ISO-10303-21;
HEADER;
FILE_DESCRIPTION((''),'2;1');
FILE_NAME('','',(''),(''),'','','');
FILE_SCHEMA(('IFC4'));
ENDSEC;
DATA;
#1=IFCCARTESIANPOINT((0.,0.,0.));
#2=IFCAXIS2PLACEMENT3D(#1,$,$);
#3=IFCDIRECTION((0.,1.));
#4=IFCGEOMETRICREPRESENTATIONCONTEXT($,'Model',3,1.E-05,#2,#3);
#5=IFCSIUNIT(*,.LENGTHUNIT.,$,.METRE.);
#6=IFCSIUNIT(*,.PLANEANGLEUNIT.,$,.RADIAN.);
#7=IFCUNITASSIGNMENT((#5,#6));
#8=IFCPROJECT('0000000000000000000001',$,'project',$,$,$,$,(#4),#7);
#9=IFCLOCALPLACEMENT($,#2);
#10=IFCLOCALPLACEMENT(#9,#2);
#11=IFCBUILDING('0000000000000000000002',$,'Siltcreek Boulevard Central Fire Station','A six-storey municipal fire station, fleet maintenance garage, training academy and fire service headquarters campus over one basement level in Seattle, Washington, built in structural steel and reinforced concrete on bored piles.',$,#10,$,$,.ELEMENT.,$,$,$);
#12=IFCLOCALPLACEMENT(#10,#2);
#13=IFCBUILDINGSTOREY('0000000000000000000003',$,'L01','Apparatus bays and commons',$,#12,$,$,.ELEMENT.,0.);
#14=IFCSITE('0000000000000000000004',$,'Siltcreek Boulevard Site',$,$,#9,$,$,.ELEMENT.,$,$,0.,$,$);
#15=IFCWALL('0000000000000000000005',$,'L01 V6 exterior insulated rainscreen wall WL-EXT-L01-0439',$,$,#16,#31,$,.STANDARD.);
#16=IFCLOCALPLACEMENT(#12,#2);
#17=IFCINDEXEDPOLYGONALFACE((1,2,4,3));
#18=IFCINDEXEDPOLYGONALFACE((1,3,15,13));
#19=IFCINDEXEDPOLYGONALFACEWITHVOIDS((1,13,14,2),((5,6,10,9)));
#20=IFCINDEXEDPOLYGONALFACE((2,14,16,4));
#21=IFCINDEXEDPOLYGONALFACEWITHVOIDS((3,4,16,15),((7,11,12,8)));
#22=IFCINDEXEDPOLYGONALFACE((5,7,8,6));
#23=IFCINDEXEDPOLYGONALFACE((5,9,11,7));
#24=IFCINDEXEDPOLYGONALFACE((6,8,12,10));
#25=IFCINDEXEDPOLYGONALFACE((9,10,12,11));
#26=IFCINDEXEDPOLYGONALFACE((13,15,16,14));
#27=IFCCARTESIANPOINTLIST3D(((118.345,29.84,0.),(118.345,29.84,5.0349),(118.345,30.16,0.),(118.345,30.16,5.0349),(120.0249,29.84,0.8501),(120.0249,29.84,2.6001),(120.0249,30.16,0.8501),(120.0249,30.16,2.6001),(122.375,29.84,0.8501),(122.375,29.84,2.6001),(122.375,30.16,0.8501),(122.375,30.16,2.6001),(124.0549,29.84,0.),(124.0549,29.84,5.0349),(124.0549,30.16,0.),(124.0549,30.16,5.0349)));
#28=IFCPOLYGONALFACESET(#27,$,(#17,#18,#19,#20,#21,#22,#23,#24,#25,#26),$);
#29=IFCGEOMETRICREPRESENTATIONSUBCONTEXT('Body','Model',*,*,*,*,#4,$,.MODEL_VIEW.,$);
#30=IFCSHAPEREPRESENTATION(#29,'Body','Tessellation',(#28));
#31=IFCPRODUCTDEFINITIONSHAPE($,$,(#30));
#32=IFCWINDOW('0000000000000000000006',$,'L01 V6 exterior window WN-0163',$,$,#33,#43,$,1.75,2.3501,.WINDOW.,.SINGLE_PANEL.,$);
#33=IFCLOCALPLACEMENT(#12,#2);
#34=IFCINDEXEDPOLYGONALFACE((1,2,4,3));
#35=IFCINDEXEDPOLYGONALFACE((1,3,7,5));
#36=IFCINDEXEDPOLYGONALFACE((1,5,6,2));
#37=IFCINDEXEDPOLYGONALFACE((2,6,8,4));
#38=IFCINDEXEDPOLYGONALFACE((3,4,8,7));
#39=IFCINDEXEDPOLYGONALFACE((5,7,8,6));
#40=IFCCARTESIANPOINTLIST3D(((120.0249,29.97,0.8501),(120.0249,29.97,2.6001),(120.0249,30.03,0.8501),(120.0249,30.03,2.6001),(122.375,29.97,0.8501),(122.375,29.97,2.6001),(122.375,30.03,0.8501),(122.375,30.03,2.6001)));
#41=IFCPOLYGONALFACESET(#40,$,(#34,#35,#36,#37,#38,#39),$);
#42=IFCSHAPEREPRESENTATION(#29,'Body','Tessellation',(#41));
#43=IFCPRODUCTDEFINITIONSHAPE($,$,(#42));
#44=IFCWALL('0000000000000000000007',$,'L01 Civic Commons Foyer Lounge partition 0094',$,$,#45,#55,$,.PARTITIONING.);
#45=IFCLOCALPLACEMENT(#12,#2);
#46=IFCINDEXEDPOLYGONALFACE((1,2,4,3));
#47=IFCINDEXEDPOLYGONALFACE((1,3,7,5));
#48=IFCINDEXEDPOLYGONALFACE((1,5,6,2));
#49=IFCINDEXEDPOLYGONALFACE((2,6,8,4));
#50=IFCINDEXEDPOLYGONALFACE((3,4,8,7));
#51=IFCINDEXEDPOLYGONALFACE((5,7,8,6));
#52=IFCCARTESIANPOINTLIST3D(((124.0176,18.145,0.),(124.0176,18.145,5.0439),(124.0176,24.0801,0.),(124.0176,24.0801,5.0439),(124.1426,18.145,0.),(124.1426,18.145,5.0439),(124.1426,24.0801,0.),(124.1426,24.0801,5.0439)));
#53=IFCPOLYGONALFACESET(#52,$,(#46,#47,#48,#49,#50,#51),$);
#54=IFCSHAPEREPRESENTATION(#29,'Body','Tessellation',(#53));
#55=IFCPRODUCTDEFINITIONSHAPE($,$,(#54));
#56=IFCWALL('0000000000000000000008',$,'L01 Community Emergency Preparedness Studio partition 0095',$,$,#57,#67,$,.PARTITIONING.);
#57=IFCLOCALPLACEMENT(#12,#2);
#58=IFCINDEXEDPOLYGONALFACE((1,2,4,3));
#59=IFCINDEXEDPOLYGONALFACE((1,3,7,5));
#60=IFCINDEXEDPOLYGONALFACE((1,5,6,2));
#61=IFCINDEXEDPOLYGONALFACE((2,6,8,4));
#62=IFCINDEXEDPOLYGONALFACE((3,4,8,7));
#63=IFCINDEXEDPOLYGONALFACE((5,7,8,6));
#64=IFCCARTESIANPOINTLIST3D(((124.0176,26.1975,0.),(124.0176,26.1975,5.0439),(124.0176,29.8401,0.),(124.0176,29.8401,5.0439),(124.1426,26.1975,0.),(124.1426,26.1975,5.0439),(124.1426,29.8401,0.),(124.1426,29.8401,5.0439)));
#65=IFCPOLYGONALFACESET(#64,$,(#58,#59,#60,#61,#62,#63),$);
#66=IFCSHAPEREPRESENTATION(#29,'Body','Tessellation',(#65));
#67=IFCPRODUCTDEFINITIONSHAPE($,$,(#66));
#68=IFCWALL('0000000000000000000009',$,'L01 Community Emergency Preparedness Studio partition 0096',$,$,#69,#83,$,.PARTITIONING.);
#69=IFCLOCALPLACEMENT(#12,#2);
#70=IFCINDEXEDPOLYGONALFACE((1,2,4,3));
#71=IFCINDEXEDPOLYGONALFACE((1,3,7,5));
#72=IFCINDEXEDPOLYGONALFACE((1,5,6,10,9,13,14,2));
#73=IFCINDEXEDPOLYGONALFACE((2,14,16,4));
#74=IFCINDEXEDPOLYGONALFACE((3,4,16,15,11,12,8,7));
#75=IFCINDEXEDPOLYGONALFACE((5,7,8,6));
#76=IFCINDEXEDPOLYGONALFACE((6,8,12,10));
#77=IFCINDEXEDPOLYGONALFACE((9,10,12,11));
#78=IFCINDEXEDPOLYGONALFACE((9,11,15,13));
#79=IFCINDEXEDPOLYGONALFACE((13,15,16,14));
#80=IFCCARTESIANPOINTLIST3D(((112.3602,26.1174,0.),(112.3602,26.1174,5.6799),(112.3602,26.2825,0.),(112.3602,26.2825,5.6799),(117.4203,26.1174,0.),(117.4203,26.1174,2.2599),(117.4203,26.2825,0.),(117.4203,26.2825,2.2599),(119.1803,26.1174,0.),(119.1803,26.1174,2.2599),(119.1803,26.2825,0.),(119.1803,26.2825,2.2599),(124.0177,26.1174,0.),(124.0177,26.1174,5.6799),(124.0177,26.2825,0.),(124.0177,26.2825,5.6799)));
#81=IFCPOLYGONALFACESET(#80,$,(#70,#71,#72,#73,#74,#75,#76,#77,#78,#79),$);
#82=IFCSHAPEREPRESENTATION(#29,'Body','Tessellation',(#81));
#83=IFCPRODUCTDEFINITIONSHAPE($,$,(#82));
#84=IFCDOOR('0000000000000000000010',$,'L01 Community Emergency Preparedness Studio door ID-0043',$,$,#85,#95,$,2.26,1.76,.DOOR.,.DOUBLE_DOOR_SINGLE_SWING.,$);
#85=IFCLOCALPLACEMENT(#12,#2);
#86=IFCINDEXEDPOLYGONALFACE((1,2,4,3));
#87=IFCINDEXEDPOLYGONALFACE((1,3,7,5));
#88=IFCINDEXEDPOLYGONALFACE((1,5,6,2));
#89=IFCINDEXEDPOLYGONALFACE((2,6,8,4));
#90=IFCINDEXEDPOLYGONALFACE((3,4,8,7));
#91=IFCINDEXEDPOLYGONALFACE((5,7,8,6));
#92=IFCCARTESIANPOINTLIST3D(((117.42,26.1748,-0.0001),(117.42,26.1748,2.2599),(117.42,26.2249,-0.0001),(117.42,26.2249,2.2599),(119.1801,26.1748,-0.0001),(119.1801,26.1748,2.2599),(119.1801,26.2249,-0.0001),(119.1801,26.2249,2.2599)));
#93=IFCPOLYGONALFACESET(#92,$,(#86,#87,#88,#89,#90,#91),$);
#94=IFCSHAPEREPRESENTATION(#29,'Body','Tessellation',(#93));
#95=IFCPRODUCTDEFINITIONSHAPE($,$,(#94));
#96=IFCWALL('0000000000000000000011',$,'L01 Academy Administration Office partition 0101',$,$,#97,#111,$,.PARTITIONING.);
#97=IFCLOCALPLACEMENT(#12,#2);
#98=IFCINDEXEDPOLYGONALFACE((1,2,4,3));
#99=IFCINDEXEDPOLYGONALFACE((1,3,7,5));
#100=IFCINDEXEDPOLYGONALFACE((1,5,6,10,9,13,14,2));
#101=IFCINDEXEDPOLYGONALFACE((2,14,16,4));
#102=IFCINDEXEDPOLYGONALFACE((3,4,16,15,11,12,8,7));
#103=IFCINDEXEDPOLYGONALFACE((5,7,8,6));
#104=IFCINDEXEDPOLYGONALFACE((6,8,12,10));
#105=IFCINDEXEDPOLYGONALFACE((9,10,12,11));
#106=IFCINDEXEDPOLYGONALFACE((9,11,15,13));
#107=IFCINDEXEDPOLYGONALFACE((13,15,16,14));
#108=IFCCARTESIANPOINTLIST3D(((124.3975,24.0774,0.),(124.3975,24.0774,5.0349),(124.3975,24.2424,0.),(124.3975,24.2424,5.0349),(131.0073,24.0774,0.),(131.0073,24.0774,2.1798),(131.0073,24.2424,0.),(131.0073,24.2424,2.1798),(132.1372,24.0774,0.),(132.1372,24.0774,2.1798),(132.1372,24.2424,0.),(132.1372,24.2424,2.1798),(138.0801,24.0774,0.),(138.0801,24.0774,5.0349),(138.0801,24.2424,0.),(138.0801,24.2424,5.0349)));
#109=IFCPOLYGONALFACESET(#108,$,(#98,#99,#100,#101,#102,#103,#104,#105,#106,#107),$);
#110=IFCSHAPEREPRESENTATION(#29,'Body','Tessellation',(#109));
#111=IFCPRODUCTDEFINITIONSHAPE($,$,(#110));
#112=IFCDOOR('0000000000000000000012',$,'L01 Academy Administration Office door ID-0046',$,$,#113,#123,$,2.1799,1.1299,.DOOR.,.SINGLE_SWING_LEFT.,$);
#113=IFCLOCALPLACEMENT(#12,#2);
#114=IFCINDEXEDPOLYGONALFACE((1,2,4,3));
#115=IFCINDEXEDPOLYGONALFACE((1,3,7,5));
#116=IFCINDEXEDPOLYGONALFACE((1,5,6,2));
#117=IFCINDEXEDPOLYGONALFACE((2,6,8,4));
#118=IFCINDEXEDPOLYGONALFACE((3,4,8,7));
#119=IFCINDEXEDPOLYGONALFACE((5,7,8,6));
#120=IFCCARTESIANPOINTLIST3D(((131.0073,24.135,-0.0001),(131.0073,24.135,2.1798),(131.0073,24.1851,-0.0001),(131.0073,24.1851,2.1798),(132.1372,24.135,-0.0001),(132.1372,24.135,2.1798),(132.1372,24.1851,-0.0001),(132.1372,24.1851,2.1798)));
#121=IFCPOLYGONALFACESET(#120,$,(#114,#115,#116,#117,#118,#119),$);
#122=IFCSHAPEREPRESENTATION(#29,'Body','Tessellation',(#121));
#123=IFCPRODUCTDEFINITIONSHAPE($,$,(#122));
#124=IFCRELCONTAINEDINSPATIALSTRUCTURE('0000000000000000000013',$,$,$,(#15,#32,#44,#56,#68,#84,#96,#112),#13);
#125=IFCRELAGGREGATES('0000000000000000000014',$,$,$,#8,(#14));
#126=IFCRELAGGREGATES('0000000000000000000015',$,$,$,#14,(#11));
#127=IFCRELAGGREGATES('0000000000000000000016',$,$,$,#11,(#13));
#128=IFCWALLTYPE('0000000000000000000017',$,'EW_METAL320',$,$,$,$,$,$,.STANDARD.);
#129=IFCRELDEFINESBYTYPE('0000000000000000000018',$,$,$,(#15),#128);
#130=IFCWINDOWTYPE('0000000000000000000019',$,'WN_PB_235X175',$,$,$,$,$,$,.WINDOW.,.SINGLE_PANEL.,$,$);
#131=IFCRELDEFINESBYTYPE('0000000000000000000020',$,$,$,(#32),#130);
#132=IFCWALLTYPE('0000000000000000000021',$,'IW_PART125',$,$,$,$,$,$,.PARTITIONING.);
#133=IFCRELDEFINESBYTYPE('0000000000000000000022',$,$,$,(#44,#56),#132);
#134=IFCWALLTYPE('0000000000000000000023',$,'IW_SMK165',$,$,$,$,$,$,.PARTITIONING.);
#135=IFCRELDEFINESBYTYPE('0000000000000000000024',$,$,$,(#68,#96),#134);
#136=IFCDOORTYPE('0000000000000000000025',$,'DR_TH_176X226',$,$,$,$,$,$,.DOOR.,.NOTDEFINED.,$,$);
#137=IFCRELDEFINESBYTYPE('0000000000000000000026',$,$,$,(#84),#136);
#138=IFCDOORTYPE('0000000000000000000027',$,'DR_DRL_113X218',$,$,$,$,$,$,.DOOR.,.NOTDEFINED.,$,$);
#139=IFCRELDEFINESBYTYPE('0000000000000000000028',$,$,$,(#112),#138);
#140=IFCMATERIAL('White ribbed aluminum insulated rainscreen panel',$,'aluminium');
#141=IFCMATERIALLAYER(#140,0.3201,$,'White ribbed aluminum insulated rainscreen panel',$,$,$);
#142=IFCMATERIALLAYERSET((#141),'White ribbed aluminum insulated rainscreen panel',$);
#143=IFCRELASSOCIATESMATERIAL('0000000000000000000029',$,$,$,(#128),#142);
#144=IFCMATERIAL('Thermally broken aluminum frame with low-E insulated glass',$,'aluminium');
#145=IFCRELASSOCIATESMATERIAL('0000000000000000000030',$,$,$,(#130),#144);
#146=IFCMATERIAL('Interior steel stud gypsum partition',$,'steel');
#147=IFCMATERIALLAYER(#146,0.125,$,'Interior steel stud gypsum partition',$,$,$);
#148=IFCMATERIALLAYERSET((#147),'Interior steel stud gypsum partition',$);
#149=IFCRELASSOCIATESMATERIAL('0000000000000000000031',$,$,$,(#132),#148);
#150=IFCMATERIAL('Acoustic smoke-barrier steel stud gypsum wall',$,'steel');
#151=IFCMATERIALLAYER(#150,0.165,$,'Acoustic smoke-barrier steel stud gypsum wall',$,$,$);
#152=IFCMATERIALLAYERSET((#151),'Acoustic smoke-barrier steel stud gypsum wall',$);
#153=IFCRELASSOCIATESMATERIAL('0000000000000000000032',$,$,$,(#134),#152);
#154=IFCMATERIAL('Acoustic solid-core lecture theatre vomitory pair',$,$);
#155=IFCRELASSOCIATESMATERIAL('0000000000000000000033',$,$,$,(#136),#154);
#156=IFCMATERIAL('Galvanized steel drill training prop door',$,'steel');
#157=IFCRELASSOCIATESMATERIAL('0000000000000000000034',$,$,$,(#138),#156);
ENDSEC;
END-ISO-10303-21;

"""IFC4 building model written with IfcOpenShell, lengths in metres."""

from ifc_helpers import new_model, si_unit, direction, frame, frame_2d, origin, place, context, subcontext, project, spatial, rectangle, extrude, material, layer, layer_set, type_object, element, fill, save


model = new_model("IFC4")

# Units and contexts
model_context = context("Model", 3, precision=1e-05, world=origin(), true_north=direction((0.0, 1.0)))
body_context = subcontext(model_context, "Body", "Model", "MODEL_VIEW")
ifc_project = project(units=[si_unit("LENGTHUNIT", "METRE"), si_unit("PLANEANGLEUNIT", "RADIAN")], contexts=[model_context])

# Site, building, storey
site_placement = place(None, origin())
site = spatial("IfcSite", under=ifc_project, at=site_placement, Name="Siltcreek Boulevard Site", CompositionType="ELEMENT", RefElevation=0.0)
building_placement = place(site_placement, origin())
building = spatial("IfcBuilding", under=site, at=building_placement, Name="Siltcreek Boulevard Central Fire Station", Description="A six-storey municipal fire station, fleet maintenance garage, training academy and fire service headquarters campus over one basement level in Seattle, Washington, built in structural steel and reinforced concrete on bored piles.", CompositionType="ELEMENT")
storey_placement = place(building_placement, origin())
storey = spatial("IfcBuildingStorey", under=building, at=storey_placement, Name="L01", Description="Apparatus bays and commons", CompositionType="ELEMENT", Elevation=0.0)

# Wall, opening, window
ifc_material_1 = material(Name="White ribbed aluminum insulated rainscreen panel", Category="aluminium")
ifc_layer_1 = layer(ifc_material_1, 0.3201, Name="White ribbed aluminum insulated rainscreen panel")
ifc_layer_set_1 = layer_set([ifc_layer_1], Name="White ribbed aluminum insulated rainscreen panel")
wall_type_1 = type_object("IfcWallType", Name="EW_METAL320", PredefinedType="STANDARD", material=ifc_layer_set_1)
wall_1_placement = place(storey_placement, frame((124.0549, 30.0, 0.0), z_axis=(0.0, 0.0, 1.0), x_axis=(-1.0, 0.0, 0.0)))
wall_1 = element("IfcWall", 1, at=wall_1_placement, inside=storey, type_object=wall_type_1, Name="L01 V6 exterior insulated rainscreen wall WL-EXT-L01-0439", PredefinedType="STANDARD", context=body_context, shape_type="SweptSolid", body=[
    extrude(rectangle(XDim=5.71, YDim=0.3201, at=frame_2d((2.855, 0.0))), origin(), (0.0, 0.0, 1.0), 5.0349),
])
opening_1_placement = place(wall_1_placement, frame((1.6799, 0.0, 0.8501)))
opening_1 = element("IfcOpeningElement", 2, at=opening_1_placement, cuts=wall_1, PredefinedType="OPENING", context=body_context, shape_type="SweptSolid", body=[
    extrude(rectangle(XDim=2.3501, YDim=1.75, at=frame_2d((1.175, 0.875))), frame((0.0, 0.1699, 0.0), z_axis=(0.0, -1.0, 0.0), x_axis=(1.0, 0.0, 0.0)), (0.0, 0.0, 1.0), 0.3401),
])
ifc_material_2 = material(Name="Thermally broken aluminum frame with low-E insulated glass", Category="aluminium")
window_type = type_object("IfcWindowType", Name="WN_PB_235X175", PartitioningType="SINGLE_PANEL", PredefinedType="WINDOW", material=ifc_material_2)
window_placement = place(opening_1_placement, origin())
window = element("IfcWindow", 3, at=window_placement, inside=storey, type_object=window_type, Name="L01 V6 exterior window WN-0163", OverallHeight=1.75, OverallWidth=2.3501, PartitioningType="SINGLE_PANEL", PredefinedType="WINDOW", context=body_context, shape_type="SweptSolid", body=[
    extrude(rectangle(XDim=2.3501, YDim=1.75, at=frame_2d((1.175, 0.875))), frame((0.0, 0.03, 0.0), z_axis=(0.0, -1.0, 0.0), x_axis=(1.0, 0.0, 0.0)), (0.0, 0.0, 1.0), 0.0601),
])
fill(opening_1, window)

# Walls
ifc_material_3 = material(Name="Interior steel stud gypsum partition", Category="steel")
ifc_layer_2 = layer(ifc_material_3, 0.125, Name="Interior steel stud gypsum partition")
ifc_layer_set_2 = layer_set([ifc_layer_2], Name="Interior steel stud gypsum partition")
wall_type_2 = type_object("IfcWallType", Name="IW_PART125", PredefinedType="PARTITIONING", material=ifc_layer_set_2)
wall_2_placement = place(storey_placement, frame((124.0801, 24.0801, 0.0), z_axis=(0.0, 0.0, 1.0), x_axis=(0.0, -1.0, 0.0)))
element("IfcWall", 4, at=wall_2_placement, inside=storey, type_object=wall_type_2, Name="L01 Civic Commons Foyer Lounge partition 0094", PredefinedType="PARTITIONING", context=body_context, shape_type="SweptSolid", body=[
    extrude(rectangle(XDim=5.9351, YDim=0.125, at=frame_2d((2.9675, 0.0))), origin(), (0.0, 0.0, 1.0), 5.0439),
])
wall_3_placement = place(storey_placement, frame((124.0801, 29.8401, 0.0), z_axis=(0.0, 0.0, 1.0), x_axis=(0.0, -1.0, 0.0)))
element("IfcWall", 5, at=wall_3_placement, inside=storey, type_object=wall_type_2, Name="L01 Community Emergency Preparedness Studio partition 0095", PredefinedType="PARTITIONING", context=body_context, shape_type="SweptSolid", body=[
    extrude(rectangle(XDim=3.6426, YDim=0.125, at=frame_2d((1.8213, 0.0))), origin(), (0.0, 0.0, 1.0), 5.0439),
])

# Walls, openings, doors
ifc_material_4 = material(Name="Acoustic smoke-barrier steel stud gypsum wall", Category="steel")
ifc_layer_3 = layer(ifc_material_4, 0.165, Name="Acoustic smoke-barrier steel stud gypsum wall")
ifc_layer_set_3 = layer_set([ifc_layer_3], Name="Acoustic smoke-barrier steel stud gypsum wall")
wall_type_3 = type_object("IfcWallType", Name="IW_SMK165", PredefinedType="PARTITIONING", material=ifc_layer_set_3)
wall_4_placement = place(storey_placement, frame((124.0176, 26.2, 0.0), z_axis=(0.0, 0.0, 1.0), x_axis=(-1.0, 0.0, 0.0)))
wall_4 = element("IfcWall", 6, at=wall_4_placement, inside=storey, type_object=wall_type_3, Name="L01 Community Emergency Preparedness Studio partition 0096", PredefinedType="PARTITIONING", context=body_context, shape_type="SweptSolid", body=[
    extrude(rectangle(XDim=11.6575, YDim=0.165, at=frame_2d((5.8286, 0.0))), origin(), (0.0, 0.0, 1.0), 5.6799),
])
opening_2_placement = place(wall_4_placement, frame((4.8374, 0.0, 0.0)))
opening_2 = element("IfcOpeningElement", 7, at=opening_2_placement, cuts=wall_4, PredefinedType="OPENING", context=body_context, shape_type="SweptSolid", body=[
    extrude(rectangle(XDim=1.76, YDim=2.26, at=frame_2d((0.8799, 1.1299))), frame((0.0, 0.0925, 0.0), z_axis=(0.0, -1.0, 0.0), x_axis=(1.0, 0.0, 0.0)), (0.0, 0.0, 1.0), 0.1851),
])
ifc_material_5 = material(Name="Acoustic solid-core lecture theatre vomitory pair")
door_type_1 = type_object("IfcDoorType", Name="DR_TH_176X226", OperationType="NOTDEFINED", PredefinedType="DOOR", material=ifc_material_5)
door_1_placement = place(opening_2_placement, frame((1.76, 0.0, 0.0), z_axis=(0.0, 0.0, 1.0), x_axis=(-1.0, 0.0, 0.0)))
door_1 = element("IfcDoor", 8, at=door_1_placement, inside=storey, type_object=door_type_1, Name="L01 Community Emergency Preparedness Studio door ID-0043", OperationType="DOUBLE_DOOR_SINGLE_SWING", OverallHeight=2.26, OverallWidth=1.76, PredefinedType="DOOR", context=body_context, shape_type="SweptSolid", body=[
    extrude(rectangle(XDim=1.76, YDim=2.26, at=frame_2d((0.8799, 1.1299))), frame((0.0, 0.0249, 0.0), z_axis=(0.0, -1.0, 0.0), x_axis=(1.0, 0.0, 0.0)), (0.0, 0.0, 1.0), 0.05),
])
fill(opening_2, door_1)
wall_5_placement = place(storey_placement, frame((124.3975, 24.1599, 0.0), z_axis=(0.0, 0.0, 1.0), x_axis=(1.0, 0.0, 0.0)))
wall_5 = element("IfcWall", 9, at=wall_5_placement, inside=storey, type_object=wall_type_3, Name="L01 Academy Administration Office partition 0101", PredefinedType="PARTITIONING", context=body_context, shape_type="SweptSolid", body=[
    extrude(rectangle(XDim=13.6826, YDim=0.165, at=frame_2d((6.8413, 0.0))), origin(), (0.0, 0.0, 1.0), 5.0349),
])
opening_3_placement = place(wall_5_placement, frame((6.6099, 0.0, 0.0)))
opening_3 = element("IfcOpeningElement", 10, at=opening_3_placement, cuts=wall_5, PredefinedType="OPENING", context=body_context, shape_type="SweptSolid", body=[
    extrude(rectangle(XDim=1.1299, YDim=2.1799, at=frame_2d((0.5649, 1.0898))), frame((0.0, 0.0925, 0.0), z_axis=(0.0, -1.0, 0.0), x_axis=(1.0, 0.0, 0.0)), (0.0, 0.0, 1.0), 0.1851),
])
ifc_material_6 = material(Name="Galvanized steel drill training prop door", Category="steel")
door_type_2 = type_object("IfcDoorType", Name="DR_DRL_113X218", OperationType="NOTDEFINED", PredefinedType="DOOR", material=ifc_material_6)
door_2_placement = place(opening_3_placement, frame((1.1299, 0.0, 0.0), z_axis=(0.0, 0.0, 1.0), x_axis=(-1.0, 0.0, 0.0)))
door_2 = element("IfcDoor", 11, at=door_2_placement, inside=storey, type_object=door_type_2, Name="L01 Academy Administration Office door ID-0046", OperationType="SINGLE_SWING_LEFT", OverallHeight=2.1799, OverallWidth=1.1299, PredefinedType="DOOR", context=body_context, shape_type="SweptSolid", body=[
    extrude(rectangle(XDim=1.1299, YDim=2.1799, at=frame_2d((0.5649, 1.0898))), frame((0.0, 0.0249, 0.0), z_axis=(0.0, -1.0, 0.0), x_axis=(1.0, 0.0, 0.0)), (0.0, 0.0, 1.0), 0.05),
])
fill(opening_3, door_2)

save(model, "model.ifc")
